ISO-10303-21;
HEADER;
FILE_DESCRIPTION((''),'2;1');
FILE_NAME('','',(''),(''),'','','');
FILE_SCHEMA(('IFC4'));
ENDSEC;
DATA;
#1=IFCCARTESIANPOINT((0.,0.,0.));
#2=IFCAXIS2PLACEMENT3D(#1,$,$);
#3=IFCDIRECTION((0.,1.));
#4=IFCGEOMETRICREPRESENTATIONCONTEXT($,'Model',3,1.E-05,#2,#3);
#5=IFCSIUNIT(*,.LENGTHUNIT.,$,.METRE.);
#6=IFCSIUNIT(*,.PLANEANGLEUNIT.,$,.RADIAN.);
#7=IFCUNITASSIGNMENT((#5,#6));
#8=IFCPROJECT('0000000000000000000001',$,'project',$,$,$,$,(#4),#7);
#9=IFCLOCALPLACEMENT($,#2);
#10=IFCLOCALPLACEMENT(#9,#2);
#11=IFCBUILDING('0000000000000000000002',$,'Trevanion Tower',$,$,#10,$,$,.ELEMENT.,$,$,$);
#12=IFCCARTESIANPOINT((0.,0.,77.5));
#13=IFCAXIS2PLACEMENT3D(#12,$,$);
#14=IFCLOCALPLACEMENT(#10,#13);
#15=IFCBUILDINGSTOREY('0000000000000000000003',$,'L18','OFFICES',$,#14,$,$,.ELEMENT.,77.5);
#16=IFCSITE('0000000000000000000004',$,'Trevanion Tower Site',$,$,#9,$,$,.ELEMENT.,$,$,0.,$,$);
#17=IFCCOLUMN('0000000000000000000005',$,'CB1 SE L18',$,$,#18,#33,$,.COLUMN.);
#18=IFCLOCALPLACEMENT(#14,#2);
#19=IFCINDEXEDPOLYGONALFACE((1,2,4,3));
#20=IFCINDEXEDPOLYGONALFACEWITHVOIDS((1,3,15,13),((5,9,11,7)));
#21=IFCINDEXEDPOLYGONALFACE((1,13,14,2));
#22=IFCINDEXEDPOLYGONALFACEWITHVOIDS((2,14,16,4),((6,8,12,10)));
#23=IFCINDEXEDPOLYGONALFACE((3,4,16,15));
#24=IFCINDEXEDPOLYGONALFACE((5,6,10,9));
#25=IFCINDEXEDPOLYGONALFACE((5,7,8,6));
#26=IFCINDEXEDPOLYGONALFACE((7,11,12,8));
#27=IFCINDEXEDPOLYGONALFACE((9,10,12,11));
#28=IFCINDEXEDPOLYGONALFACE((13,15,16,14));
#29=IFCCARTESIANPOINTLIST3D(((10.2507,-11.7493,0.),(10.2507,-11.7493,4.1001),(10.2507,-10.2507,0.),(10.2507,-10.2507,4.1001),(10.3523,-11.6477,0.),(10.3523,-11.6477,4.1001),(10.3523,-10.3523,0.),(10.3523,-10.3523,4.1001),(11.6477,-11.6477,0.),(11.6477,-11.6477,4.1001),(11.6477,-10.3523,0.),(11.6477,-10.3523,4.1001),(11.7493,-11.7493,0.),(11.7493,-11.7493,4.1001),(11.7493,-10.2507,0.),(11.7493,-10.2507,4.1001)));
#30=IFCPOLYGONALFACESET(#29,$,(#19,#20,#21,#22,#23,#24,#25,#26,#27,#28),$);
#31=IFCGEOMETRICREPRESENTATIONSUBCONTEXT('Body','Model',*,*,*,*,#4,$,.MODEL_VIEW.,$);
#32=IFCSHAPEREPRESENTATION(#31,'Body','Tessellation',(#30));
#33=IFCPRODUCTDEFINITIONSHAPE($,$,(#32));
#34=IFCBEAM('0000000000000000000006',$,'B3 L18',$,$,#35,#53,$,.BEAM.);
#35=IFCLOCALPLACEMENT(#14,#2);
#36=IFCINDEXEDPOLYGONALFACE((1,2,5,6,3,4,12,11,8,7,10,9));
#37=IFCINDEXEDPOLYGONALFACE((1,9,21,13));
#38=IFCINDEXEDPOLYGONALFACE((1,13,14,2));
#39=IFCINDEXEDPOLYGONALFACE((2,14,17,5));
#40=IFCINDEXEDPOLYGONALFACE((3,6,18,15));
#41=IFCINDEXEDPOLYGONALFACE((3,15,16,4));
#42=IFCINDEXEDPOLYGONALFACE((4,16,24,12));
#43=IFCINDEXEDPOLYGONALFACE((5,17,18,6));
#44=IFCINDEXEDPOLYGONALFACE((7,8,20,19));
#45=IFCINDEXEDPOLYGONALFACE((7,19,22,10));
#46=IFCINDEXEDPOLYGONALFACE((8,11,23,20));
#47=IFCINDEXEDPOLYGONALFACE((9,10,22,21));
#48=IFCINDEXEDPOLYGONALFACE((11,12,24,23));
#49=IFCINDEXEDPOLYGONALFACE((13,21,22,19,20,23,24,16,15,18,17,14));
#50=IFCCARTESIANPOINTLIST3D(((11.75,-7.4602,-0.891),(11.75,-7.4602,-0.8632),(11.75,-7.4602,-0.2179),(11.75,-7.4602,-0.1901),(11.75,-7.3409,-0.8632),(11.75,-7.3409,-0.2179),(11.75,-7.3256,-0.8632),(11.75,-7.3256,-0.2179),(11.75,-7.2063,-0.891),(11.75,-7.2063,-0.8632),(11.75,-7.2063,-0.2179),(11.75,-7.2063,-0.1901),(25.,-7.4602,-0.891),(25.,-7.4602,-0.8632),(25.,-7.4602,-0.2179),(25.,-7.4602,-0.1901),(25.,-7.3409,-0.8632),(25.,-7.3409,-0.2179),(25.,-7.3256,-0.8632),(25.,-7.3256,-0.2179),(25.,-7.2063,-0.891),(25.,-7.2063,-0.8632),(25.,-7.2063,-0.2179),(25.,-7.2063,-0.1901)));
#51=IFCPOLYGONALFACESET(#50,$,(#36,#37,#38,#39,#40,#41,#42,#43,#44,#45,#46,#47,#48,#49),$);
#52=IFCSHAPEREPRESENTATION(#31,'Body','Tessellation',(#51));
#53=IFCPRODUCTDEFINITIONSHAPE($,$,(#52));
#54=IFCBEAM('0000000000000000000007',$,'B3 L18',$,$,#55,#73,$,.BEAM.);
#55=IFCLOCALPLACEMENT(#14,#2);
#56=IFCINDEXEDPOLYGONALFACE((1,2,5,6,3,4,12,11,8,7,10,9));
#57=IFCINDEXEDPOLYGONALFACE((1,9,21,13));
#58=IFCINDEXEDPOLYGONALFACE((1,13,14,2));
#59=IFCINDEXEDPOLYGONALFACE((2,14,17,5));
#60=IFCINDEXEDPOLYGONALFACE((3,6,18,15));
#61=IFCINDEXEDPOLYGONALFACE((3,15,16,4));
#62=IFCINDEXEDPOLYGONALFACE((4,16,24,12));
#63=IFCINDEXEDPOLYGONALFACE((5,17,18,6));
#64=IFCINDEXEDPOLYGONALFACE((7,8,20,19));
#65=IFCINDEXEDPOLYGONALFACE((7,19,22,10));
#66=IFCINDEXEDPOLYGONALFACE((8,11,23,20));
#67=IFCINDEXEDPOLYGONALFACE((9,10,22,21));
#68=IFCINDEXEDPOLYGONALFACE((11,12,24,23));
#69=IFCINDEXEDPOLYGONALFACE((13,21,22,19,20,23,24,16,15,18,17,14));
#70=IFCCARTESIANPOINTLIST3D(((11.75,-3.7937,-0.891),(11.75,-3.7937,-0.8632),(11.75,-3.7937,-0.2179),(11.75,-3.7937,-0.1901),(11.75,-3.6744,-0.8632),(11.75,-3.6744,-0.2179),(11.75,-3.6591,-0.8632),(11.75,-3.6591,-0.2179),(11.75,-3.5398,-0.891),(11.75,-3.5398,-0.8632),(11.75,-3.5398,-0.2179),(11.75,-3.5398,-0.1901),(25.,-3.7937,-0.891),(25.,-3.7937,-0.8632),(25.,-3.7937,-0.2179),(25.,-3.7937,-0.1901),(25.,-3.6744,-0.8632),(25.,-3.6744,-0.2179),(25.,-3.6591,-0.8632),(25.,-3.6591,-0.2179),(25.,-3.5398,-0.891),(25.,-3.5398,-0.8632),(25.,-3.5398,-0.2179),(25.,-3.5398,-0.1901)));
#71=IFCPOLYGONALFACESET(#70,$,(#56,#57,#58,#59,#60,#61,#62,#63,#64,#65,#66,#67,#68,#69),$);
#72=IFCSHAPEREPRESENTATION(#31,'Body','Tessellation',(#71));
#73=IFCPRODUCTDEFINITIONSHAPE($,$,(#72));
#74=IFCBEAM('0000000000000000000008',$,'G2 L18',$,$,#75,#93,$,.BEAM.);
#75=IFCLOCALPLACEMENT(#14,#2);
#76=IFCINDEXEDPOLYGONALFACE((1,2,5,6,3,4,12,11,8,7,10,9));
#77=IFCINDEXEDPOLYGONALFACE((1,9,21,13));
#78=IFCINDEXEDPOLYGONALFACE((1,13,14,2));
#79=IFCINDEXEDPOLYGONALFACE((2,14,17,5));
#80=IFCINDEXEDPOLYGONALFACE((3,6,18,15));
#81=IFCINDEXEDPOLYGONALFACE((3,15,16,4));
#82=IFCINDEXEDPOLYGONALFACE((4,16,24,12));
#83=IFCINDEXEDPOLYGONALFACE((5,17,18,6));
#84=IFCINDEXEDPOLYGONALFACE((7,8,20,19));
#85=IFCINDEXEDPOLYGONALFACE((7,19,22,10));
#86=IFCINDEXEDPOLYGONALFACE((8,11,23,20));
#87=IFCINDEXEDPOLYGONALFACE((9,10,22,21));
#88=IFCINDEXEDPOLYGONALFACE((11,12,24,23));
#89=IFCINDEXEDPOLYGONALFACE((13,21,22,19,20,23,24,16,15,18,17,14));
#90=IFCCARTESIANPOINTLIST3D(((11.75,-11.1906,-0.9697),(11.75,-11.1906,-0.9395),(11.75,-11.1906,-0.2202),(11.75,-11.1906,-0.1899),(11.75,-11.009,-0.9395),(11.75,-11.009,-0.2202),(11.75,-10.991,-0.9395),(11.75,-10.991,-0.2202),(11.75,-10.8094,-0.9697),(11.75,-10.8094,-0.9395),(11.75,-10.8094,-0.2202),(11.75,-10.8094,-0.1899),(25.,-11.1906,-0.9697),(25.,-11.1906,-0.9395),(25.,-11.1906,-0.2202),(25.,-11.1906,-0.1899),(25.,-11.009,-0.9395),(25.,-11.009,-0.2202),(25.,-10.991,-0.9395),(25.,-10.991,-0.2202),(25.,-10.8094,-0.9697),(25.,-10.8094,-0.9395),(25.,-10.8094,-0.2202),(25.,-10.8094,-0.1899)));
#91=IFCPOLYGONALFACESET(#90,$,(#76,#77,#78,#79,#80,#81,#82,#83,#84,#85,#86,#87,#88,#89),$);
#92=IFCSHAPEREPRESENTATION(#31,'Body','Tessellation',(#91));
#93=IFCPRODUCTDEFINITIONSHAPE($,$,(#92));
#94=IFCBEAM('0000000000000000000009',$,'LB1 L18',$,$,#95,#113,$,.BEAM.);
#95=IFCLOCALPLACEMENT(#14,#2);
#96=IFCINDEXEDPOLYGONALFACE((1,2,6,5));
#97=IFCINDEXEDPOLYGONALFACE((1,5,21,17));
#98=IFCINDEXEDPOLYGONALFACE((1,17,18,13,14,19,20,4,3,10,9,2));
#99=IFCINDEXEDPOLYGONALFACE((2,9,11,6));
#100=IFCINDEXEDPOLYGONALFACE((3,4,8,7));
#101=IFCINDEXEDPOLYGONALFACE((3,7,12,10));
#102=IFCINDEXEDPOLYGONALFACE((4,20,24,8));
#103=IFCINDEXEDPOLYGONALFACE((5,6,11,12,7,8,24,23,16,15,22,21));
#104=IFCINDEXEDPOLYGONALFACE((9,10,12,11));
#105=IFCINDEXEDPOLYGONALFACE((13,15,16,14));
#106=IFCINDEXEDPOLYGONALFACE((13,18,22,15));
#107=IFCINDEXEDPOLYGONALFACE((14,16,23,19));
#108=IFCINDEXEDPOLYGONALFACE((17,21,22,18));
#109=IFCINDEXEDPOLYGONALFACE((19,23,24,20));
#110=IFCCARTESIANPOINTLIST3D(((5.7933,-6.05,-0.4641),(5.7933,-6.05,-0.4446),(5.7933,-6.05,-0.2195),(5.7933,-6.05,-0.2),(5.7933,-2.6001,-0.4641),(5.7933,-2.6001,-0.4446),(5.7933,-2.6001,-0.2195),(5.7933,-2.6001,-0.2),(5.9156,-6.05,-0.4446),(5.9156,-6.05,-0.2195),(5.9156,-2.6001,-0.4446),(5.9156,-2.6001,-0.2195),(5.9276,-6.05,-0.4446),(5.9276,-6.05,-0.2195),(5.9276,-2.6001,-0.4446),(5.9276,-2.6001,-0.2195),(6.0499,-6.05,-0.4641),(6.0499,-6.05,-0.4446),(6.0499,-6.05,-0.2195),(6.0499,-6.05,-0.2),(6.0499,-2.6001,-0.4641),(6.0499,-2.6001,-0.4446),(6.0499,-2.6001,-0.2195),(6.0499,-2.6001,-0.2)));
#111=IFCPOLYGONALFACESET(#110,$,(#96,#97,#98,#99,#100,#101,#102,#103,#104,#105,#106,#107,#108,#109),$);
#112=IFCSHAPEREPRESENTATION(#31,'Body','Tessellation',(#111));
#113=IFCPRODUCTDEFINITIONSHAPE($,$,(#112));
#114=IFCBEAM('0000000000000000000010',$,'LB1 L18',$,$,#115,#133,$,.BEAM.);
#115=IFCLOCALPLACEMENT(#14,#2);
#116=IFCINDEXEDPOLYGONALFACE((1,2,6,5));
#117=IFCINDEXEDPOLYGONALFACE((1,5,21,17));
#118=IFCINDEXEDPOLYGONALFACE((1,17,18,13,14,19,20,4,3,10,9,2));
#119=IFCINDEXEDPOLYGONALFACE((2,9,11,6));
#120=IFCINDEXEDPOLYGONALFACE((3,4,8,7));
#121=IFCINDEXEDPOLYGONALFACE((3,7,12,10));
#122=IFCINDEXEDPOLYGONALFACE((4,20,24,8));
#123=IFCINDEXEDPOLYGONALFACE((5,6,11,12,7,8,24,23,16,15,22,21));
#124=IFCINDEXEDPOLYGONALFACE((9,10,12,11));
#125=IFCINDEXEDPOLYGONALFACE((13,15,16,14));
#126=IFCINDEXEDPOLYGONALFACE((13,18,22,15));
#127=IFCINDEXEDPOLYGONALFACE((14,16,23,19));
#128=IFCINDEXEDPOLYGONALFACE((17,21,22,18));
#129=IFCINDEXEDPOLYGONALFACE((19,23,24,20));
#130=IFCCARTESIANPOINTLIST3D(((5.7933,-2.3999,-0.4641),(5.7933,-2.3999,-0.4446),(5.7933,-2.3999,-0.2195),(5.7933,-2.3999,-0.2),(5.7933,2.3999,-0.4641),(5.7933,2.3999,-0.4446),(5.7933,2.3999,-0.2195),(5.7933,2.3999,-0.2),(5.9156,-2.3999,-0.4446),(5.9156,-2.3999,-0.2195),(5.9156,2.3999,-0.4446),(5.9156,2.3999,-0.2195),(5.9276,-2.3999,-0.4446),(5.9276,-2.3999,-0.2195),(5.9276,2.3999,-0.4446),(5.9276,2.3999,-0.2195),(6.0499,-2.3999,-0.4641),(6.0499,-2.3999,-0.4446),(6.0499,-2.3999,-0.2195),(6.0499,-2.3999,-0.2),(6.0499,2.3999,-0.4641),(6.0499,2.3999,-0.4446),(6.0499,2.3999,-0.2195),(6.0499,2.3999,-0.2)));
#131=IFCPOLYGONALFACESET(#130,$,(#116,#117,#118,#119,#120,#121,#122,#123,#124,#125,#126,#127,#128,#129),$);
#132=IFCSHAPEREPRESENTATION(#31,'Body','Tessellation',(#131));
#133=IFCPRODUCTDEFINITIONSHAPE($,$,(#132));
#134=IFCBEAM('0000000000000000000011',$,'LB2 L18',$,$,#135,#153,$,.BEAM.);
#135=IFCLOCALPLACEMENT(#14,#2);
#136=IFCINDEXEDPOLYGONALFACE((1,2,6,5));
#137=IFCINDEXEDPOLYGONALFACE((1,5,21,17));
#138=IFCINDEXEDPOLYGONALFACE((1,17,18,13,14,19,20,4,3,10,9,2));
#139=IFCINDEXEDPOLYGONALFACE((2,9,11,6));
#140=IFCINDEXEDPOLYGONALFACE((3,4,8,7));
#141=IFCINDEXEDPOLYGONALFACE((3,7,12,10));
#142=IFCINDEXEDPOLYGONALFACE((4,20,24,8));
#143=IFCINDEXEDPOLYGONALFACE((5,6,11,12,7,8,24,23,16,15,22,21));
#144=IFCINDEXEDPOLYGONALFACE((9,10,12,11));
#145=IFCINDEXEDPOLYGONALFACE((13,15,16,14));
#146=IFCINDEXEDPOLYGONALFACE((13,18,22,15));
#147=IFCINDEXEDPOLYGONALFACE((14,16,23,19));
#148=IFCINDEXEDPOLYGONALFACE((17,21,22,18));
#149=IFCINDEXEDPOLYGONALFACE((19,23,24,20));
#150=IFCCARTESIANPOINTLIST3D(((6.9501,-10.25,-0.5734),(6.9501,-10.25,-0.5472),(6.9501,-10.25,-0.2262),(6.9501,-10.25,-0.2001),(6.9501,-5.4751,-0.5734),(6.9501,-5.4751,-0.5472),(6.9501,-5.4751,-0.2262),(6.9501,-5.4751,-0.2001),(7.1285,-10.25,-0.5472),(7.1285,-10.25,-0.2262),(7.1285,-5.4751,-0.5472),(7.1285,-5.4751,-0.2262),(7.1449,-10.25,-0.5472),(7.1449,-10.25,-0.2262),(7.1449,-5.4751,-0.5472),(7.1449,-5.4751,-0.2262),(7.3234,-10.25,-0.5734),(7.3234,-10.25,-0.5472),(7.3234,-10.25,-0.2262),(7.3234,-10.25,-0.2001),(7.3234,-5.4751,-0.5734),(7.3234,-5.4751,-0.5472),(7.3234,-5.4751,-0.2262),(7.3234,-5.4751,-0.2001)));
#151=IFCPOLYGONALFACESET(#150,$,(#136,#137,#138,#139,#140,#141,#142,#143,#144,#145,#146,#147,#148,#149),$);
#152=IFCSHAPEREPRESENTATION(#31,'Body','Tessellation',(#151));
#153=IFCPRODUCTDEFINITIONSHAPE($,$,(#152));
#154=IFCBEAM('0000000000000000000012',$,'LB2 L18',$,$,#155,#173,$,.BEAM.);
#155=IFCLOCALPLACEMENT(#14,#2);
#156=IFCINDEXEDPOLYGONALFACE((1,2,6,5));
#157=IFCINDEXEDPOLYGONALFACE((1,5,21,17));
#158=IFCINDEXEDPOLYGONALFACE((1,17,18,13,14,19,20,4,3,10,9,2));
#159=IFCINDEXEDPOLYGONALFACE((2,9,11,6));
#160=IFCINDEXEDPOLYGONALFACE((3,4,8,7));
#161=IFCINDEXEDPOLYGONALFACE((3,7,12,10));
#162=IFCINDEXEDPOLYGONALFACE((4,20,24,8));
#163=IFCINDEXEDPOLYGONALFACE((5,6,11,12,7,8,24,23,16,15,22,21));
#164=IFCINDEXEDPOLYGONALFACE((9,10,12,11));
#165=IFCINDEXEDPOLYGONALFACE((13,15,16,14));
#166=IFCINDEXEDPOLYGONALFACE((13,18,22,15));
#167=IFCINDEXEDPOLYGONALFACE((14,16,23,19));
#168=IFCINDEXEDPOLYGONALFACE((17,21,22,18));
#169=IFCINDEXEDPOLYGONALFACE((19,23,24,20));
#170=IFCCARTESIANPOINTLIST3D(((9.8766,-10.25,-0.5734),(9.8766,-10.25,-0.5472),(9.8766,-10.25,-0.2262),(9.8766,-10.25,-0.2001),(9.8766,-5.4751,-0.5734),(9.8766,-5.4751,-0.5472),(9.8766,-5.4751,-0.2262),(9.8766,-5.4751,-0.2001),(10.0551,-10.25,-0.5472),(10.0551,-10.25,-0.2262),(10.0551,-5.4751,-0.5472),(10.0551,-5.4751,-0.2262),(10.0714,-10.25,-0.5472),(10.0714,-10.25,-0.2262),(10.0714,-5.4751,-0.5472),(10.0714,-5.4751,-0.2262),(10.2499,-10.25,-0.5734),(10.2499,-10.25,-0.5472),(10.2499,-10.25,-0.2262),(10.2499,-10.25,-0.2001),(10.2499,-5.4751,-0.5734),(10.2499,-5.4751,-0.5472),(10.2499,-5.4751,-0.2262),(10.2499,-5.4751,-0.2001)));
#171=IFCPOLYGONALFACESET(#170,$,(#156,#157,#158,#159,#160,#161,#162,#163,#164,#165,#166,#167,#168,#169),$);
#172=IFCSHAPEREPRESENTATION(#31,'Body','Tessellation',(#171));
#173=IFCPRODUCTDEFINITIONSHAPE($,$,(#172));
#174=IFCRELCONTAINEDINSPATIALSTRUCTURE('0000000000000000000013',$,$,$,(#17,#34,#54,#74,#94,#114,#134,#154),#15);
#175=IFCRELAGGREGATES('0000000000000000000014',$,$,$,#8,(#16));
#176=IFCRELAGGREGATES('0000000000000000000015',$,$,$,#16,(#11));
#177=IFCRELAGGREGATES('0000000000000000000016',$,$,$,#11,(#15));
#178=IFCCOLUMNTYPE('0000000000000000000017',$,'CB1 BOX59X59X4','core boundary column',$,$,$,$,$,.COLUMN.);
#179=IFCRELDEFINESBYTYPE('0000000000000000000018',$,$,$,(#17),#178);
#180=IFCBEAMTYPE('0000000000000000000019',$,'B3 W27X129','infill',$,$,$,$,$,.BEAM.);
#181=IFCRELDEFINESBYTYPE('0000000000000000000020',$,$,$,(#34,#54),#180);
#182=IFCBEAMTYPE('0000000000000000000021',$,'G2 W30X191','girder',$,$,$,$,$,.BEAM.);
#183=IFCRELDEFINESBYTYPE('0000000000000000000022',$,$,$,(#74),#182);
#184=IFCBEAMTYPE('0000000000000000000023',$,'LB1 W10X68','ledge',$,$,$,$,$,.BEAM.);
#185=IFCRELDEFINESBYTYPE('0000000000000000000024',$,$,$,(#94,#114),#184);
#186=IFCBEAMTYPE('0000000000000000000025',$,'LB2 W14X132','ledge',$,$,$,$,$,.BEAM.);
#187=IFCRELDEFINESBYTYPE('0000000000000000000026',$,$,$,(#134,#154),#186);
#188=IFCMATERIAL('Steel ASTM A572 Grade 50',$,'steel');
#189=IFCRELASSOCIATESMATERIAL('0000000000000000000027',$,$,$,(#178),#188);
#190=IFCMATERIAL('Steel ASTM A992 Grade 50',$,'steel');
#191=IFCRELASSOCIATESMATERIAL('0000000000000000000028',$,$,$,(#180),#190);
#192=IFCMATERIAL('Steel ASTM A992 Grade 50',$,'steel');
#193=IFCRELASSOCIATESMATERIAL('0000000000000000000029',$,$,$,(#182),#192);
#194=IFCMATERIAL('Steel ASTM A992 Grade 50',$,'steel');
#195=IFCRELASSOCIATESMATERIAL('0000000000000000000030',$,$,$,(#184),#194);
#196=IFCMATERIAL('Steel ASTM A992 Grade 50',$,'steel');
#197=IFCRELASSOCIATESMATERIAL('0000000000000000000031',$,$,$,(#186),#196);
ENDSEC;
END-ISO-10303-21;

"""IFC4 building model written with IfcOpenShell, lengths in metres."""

from ifc_helpers import new_model, si_unit, direction, frame, origin, origin_2d, place, context, subcontext, project, spatial, hollow_rectangle, i_section, extrude, material, material_profile, profile_set, type_object, element, save


model = new_model("IFC4")

# Units and contexts
model_context = context("Model", 3, precision=1e-05, world=origin(), true_north=direction((0.0, 1.0)))
body_context = subcontext(model_context, "Body", "Model", "MODEL_VIEW")
ifc_project = project(units=[si_unit("LENGTHUNIT", "METRE"), si_unit("PLANEANGLEUNIT", "RADIAN")], contexts=[model_context])

# Site, building, storey
site_placement = place(None, origin())
site = spatial("IfcSite", under=ifc_project, at=site_placement, Name="Trevanion Tower Site", CompositionType="ELEMENT", RefElevation=0.0)
building_placement = place(site_placement, origin())
building = spatial("IfcBuilding", under=site, at=building_placement, Name="Trevanion Tower", CompositionType="ELEMENT")
storey_placement = place(building_placement, frame((0.0, 0.0, 77.5)))
storey = spatial("IfcBuildingStorey", under=building, at=storey_placement, Name="L18", Description="OFFICES", CompositionType="ELEMENT", Elevation=77.5)

# Column
ifc_material_1 = material(Name="Steel ASTM A572 Grade 50", Category="steel")
ifc_material_profile_1 = material_profile(ifc_material_1, hollow_rectangle(XDim=1.4985, YDim=1.4985, WallThickness=0.1016, at=origin_2d()), Name="BOX59X59X4")
ifc_profile_set_1 = profile_set([ifc_material_profile_1], Name="Steel ASTM A572 Grade 50")
column_type = type_object("IfcColumnType", Name="CB1 BOX59X59X4", Description="core boundary column", PredefinedType="COLUMN", material=ifc_profile_set_1)
column_placement = place(storey_placement, frame((11.0, -11.0, 0.0), z_axis=(0.0, 0.0, 1.0), x_axis=(1.0, 0.0, 0.0)))
element("IfcColumn", 1, at=column_placement, inside=storey, type_object=column_type, Name="CB1 SE L18", PredefinedType="COLUMN", context=body_context, shape_type="SweptSolid", body=[
    extrude(hollow_rectangle(XDim=1.4985, YDim=1.4985, WallThickness=0.1016, at=origin_2d()), origin(), (0.0, 0.0, 1.0), 4.1001),
])

# Beams
ifc_material_2 = material(Name="Steel ASTM A992 Grade 50", Category="steel")
ifc_material_profile_2 = material_profile(ifc_material_2, i_section(OverallWidth=0.2539, OverallDepth=0.7009, WebThickness=0.0154, FlangeThickness=0.0278, at=origin_2d()), Name="W27X129")
ifc_profile_set_2 = profile_set([ifc_material_profile_2], Name="Steel ASTM A992 Grade 50")
beam_type_1 = type_object("IfcBeamType", Name="B3 W27X129", Description="infill", PredefinedType="BEAM", material=ifc_profile_set_2)
for number, where, z_axis, x_axis, name in (
    (2, (11.75, -7.3333, -0.5405), (1.0, 0.0, 0.0), (0.0, 1.0, 0.0), "B3 L18"),
    (3, (11.75, -3.6667, -0.5405), (1.0, 0.0, 0.0), (0.0, 1.0, 0.0), "B3 L18"),
):
    element("IfcBeam", number, at=place(storey_placement, frame(where, z_axis=z_axis, x_axis=x_axis)), inside=storey, type_object=beam_type_1, Name=name, PredefinedType="BEAM", context=body_context, shape_type="SweptSolid", body=[
        extrude(i_section(OverallWidth=0.2539, OverallDepth=0.7009, WebThickness=0.0154, FlangeThickness=0.0278, at=origin_2d()), origin(), (0.0, 0.0, 1.0), 13.25),
    ])
ifc_material_3 = material(Name="Steel ASTM A992 Grade 50", Category="steel")
ifc_material_profile_3 = material_profile(ifc_material_3, i_section(OverallWidth=0.3811, OverallDepth=0.7798, WebThickness=0.0181, FlangeThickness=0.0303, at=origin_2d()), Name="W30X191")
ifc_profile_set_3 = profile_set([ifc_material_profile_3], Name="Steel ASTM A992 Grade 50")
beam_type_2 = type_object("IfcBeamType", Name="G2 W30X191", Description="girder", PredefinedType="BEAM", material=ifc_profile_set_3)
beam_1_placement = place(storey_placement, frame((11.75, -11.0, -0.5798), z_axis=(1.0, 0.0, 0.0), x_axis=(0.0, 1.0, 0.0)))
element("IfcBeam", 4, at=beam_1_placement, inside=storey, type_object=beam_type_2, Name="G2 L18", PredefinedType="BEAM", context=body_context, shape_type="SweptSolid", body=[
    extrude(i_section(OverallWidth=0.3811, OverallDepth=0.7798, WebThickness=0.0181, FlangeThickness=0.0303, at=origin_2d()), origin(), (0.0, 0.0, 1.0), 13.25),
])
ifc_material_4 = material(Name="Steel ASTM A992 Grade 50", Category="steel")
ifc_material_profile_4 = material_profile(ifc_material_4, i_section(OverallWidth=0.2566, OverallDepth=0.2642, WebThickness=0.012, FlangeThickness=0.0195, at=origin_2d()), Name="W10X68")
ifc_profile_set_4 = profile_set([ifc_material_profile_4], Name="Steel ASTM A992 Grade 50")
beam_type_3 = type_object("IfcBeamType", Name="LB1 W10X68", Description="ledge", PredefinedType="BEAM", material=ifc_profile_set_4)
beam_2_placement = place(storey_placement, frame((5.9216, -6.05, -0.332), z_axis=(0.0, 1.0, 0.0), x_axis=(-1.0, 0.0, 0.0)))
element("IfcBeam", 5, at=beam_2_placement, inside=storey, type_object=beam_type_3, Name="LB1 L18", PredefinedType="BEAM", context=body_context, shape_type="SweptSolid", body=[
    extrude(i_section(OverallWidth=0.2566, OverallDepth=0.2642, WebThickness=0.012, FlangeThickness=0.0195, at=origin_2d()), origin(), (0.0, 0.0, 1.0), 3.45),
])
beam_3_placement = place(storey_placement, frame((5.9216, -2.3999, -0.332), z_axis=(0.0, 1.0, 0.0), x_axis=(-1.0, 0.0, 0.0)))
element("IfcBeam", 6, at=beam_3_placement, inside=storey, type_object=beam_type_3, Name="LB1 L18", PredefinedType="BEAM", context=body_context, shape_type="SweptSolid", body=[
    extrude(i_section(OverallWidth=0.2566, OverallDepth=0.2642, WebThickness=0.012, FlangeThickness=0.0195, at=origin_2d()), origin(), (0.0, 0.0, 1.0), 4.7998),
])
ifc_material_5 = material(Name="Steel ASTM A992 Grade 50", Category="steel")
ifc_material_profile_5 = material_profile(ifc_material_5, i_section(OverallWidth=0.3733, OverallDepth=0.3733, WebThickness=0.0164, FlangeThickness=0.0261, at=origin_2d()), Name="W14X132")
ifc_profile_set_5 = profile_set([ifc_material_profile_5], Name="Steel ASTM A992 Grade 50")
beam_type_4 = type_object("IfcBeamType", Name="LB2 W14X132", Description="ledge", PredefinedType="BEAM", material=ifc_profile_set_5)
for number, where, z_axis, x_axis, name in (
    (7, (7.1367, -10.25, -0.3867), (0.0, 1.0, 0.0), (-1.0, 0.0, 0.0), "LB2 L18"),
    (8, (10.0632, -10.25, -0.3867), (0.0, 1.0, 0.0), (-1.0, 0.0, 0.0), "LB2 L18"),
):
    element("IfcBeam", number, at=place(storey_placement, frame(where, z_axis=z_axis, x_axis=x_axis)), inside=storey, type_object=beam_type_4, Name=name, PredefinedType="BEAM", context=body_context, shape_type="SweptSolid", body=[
        extrude(i_section(OverallWidth=0.3733, OverallDepth=0.3733, WebThickness=0.0164, FlangeThickness=0.0261, at=origin_2d()), origin(), (0.0, 0.0, 1.0), 4.7749),
    ])

save(model, "model.ifc")
